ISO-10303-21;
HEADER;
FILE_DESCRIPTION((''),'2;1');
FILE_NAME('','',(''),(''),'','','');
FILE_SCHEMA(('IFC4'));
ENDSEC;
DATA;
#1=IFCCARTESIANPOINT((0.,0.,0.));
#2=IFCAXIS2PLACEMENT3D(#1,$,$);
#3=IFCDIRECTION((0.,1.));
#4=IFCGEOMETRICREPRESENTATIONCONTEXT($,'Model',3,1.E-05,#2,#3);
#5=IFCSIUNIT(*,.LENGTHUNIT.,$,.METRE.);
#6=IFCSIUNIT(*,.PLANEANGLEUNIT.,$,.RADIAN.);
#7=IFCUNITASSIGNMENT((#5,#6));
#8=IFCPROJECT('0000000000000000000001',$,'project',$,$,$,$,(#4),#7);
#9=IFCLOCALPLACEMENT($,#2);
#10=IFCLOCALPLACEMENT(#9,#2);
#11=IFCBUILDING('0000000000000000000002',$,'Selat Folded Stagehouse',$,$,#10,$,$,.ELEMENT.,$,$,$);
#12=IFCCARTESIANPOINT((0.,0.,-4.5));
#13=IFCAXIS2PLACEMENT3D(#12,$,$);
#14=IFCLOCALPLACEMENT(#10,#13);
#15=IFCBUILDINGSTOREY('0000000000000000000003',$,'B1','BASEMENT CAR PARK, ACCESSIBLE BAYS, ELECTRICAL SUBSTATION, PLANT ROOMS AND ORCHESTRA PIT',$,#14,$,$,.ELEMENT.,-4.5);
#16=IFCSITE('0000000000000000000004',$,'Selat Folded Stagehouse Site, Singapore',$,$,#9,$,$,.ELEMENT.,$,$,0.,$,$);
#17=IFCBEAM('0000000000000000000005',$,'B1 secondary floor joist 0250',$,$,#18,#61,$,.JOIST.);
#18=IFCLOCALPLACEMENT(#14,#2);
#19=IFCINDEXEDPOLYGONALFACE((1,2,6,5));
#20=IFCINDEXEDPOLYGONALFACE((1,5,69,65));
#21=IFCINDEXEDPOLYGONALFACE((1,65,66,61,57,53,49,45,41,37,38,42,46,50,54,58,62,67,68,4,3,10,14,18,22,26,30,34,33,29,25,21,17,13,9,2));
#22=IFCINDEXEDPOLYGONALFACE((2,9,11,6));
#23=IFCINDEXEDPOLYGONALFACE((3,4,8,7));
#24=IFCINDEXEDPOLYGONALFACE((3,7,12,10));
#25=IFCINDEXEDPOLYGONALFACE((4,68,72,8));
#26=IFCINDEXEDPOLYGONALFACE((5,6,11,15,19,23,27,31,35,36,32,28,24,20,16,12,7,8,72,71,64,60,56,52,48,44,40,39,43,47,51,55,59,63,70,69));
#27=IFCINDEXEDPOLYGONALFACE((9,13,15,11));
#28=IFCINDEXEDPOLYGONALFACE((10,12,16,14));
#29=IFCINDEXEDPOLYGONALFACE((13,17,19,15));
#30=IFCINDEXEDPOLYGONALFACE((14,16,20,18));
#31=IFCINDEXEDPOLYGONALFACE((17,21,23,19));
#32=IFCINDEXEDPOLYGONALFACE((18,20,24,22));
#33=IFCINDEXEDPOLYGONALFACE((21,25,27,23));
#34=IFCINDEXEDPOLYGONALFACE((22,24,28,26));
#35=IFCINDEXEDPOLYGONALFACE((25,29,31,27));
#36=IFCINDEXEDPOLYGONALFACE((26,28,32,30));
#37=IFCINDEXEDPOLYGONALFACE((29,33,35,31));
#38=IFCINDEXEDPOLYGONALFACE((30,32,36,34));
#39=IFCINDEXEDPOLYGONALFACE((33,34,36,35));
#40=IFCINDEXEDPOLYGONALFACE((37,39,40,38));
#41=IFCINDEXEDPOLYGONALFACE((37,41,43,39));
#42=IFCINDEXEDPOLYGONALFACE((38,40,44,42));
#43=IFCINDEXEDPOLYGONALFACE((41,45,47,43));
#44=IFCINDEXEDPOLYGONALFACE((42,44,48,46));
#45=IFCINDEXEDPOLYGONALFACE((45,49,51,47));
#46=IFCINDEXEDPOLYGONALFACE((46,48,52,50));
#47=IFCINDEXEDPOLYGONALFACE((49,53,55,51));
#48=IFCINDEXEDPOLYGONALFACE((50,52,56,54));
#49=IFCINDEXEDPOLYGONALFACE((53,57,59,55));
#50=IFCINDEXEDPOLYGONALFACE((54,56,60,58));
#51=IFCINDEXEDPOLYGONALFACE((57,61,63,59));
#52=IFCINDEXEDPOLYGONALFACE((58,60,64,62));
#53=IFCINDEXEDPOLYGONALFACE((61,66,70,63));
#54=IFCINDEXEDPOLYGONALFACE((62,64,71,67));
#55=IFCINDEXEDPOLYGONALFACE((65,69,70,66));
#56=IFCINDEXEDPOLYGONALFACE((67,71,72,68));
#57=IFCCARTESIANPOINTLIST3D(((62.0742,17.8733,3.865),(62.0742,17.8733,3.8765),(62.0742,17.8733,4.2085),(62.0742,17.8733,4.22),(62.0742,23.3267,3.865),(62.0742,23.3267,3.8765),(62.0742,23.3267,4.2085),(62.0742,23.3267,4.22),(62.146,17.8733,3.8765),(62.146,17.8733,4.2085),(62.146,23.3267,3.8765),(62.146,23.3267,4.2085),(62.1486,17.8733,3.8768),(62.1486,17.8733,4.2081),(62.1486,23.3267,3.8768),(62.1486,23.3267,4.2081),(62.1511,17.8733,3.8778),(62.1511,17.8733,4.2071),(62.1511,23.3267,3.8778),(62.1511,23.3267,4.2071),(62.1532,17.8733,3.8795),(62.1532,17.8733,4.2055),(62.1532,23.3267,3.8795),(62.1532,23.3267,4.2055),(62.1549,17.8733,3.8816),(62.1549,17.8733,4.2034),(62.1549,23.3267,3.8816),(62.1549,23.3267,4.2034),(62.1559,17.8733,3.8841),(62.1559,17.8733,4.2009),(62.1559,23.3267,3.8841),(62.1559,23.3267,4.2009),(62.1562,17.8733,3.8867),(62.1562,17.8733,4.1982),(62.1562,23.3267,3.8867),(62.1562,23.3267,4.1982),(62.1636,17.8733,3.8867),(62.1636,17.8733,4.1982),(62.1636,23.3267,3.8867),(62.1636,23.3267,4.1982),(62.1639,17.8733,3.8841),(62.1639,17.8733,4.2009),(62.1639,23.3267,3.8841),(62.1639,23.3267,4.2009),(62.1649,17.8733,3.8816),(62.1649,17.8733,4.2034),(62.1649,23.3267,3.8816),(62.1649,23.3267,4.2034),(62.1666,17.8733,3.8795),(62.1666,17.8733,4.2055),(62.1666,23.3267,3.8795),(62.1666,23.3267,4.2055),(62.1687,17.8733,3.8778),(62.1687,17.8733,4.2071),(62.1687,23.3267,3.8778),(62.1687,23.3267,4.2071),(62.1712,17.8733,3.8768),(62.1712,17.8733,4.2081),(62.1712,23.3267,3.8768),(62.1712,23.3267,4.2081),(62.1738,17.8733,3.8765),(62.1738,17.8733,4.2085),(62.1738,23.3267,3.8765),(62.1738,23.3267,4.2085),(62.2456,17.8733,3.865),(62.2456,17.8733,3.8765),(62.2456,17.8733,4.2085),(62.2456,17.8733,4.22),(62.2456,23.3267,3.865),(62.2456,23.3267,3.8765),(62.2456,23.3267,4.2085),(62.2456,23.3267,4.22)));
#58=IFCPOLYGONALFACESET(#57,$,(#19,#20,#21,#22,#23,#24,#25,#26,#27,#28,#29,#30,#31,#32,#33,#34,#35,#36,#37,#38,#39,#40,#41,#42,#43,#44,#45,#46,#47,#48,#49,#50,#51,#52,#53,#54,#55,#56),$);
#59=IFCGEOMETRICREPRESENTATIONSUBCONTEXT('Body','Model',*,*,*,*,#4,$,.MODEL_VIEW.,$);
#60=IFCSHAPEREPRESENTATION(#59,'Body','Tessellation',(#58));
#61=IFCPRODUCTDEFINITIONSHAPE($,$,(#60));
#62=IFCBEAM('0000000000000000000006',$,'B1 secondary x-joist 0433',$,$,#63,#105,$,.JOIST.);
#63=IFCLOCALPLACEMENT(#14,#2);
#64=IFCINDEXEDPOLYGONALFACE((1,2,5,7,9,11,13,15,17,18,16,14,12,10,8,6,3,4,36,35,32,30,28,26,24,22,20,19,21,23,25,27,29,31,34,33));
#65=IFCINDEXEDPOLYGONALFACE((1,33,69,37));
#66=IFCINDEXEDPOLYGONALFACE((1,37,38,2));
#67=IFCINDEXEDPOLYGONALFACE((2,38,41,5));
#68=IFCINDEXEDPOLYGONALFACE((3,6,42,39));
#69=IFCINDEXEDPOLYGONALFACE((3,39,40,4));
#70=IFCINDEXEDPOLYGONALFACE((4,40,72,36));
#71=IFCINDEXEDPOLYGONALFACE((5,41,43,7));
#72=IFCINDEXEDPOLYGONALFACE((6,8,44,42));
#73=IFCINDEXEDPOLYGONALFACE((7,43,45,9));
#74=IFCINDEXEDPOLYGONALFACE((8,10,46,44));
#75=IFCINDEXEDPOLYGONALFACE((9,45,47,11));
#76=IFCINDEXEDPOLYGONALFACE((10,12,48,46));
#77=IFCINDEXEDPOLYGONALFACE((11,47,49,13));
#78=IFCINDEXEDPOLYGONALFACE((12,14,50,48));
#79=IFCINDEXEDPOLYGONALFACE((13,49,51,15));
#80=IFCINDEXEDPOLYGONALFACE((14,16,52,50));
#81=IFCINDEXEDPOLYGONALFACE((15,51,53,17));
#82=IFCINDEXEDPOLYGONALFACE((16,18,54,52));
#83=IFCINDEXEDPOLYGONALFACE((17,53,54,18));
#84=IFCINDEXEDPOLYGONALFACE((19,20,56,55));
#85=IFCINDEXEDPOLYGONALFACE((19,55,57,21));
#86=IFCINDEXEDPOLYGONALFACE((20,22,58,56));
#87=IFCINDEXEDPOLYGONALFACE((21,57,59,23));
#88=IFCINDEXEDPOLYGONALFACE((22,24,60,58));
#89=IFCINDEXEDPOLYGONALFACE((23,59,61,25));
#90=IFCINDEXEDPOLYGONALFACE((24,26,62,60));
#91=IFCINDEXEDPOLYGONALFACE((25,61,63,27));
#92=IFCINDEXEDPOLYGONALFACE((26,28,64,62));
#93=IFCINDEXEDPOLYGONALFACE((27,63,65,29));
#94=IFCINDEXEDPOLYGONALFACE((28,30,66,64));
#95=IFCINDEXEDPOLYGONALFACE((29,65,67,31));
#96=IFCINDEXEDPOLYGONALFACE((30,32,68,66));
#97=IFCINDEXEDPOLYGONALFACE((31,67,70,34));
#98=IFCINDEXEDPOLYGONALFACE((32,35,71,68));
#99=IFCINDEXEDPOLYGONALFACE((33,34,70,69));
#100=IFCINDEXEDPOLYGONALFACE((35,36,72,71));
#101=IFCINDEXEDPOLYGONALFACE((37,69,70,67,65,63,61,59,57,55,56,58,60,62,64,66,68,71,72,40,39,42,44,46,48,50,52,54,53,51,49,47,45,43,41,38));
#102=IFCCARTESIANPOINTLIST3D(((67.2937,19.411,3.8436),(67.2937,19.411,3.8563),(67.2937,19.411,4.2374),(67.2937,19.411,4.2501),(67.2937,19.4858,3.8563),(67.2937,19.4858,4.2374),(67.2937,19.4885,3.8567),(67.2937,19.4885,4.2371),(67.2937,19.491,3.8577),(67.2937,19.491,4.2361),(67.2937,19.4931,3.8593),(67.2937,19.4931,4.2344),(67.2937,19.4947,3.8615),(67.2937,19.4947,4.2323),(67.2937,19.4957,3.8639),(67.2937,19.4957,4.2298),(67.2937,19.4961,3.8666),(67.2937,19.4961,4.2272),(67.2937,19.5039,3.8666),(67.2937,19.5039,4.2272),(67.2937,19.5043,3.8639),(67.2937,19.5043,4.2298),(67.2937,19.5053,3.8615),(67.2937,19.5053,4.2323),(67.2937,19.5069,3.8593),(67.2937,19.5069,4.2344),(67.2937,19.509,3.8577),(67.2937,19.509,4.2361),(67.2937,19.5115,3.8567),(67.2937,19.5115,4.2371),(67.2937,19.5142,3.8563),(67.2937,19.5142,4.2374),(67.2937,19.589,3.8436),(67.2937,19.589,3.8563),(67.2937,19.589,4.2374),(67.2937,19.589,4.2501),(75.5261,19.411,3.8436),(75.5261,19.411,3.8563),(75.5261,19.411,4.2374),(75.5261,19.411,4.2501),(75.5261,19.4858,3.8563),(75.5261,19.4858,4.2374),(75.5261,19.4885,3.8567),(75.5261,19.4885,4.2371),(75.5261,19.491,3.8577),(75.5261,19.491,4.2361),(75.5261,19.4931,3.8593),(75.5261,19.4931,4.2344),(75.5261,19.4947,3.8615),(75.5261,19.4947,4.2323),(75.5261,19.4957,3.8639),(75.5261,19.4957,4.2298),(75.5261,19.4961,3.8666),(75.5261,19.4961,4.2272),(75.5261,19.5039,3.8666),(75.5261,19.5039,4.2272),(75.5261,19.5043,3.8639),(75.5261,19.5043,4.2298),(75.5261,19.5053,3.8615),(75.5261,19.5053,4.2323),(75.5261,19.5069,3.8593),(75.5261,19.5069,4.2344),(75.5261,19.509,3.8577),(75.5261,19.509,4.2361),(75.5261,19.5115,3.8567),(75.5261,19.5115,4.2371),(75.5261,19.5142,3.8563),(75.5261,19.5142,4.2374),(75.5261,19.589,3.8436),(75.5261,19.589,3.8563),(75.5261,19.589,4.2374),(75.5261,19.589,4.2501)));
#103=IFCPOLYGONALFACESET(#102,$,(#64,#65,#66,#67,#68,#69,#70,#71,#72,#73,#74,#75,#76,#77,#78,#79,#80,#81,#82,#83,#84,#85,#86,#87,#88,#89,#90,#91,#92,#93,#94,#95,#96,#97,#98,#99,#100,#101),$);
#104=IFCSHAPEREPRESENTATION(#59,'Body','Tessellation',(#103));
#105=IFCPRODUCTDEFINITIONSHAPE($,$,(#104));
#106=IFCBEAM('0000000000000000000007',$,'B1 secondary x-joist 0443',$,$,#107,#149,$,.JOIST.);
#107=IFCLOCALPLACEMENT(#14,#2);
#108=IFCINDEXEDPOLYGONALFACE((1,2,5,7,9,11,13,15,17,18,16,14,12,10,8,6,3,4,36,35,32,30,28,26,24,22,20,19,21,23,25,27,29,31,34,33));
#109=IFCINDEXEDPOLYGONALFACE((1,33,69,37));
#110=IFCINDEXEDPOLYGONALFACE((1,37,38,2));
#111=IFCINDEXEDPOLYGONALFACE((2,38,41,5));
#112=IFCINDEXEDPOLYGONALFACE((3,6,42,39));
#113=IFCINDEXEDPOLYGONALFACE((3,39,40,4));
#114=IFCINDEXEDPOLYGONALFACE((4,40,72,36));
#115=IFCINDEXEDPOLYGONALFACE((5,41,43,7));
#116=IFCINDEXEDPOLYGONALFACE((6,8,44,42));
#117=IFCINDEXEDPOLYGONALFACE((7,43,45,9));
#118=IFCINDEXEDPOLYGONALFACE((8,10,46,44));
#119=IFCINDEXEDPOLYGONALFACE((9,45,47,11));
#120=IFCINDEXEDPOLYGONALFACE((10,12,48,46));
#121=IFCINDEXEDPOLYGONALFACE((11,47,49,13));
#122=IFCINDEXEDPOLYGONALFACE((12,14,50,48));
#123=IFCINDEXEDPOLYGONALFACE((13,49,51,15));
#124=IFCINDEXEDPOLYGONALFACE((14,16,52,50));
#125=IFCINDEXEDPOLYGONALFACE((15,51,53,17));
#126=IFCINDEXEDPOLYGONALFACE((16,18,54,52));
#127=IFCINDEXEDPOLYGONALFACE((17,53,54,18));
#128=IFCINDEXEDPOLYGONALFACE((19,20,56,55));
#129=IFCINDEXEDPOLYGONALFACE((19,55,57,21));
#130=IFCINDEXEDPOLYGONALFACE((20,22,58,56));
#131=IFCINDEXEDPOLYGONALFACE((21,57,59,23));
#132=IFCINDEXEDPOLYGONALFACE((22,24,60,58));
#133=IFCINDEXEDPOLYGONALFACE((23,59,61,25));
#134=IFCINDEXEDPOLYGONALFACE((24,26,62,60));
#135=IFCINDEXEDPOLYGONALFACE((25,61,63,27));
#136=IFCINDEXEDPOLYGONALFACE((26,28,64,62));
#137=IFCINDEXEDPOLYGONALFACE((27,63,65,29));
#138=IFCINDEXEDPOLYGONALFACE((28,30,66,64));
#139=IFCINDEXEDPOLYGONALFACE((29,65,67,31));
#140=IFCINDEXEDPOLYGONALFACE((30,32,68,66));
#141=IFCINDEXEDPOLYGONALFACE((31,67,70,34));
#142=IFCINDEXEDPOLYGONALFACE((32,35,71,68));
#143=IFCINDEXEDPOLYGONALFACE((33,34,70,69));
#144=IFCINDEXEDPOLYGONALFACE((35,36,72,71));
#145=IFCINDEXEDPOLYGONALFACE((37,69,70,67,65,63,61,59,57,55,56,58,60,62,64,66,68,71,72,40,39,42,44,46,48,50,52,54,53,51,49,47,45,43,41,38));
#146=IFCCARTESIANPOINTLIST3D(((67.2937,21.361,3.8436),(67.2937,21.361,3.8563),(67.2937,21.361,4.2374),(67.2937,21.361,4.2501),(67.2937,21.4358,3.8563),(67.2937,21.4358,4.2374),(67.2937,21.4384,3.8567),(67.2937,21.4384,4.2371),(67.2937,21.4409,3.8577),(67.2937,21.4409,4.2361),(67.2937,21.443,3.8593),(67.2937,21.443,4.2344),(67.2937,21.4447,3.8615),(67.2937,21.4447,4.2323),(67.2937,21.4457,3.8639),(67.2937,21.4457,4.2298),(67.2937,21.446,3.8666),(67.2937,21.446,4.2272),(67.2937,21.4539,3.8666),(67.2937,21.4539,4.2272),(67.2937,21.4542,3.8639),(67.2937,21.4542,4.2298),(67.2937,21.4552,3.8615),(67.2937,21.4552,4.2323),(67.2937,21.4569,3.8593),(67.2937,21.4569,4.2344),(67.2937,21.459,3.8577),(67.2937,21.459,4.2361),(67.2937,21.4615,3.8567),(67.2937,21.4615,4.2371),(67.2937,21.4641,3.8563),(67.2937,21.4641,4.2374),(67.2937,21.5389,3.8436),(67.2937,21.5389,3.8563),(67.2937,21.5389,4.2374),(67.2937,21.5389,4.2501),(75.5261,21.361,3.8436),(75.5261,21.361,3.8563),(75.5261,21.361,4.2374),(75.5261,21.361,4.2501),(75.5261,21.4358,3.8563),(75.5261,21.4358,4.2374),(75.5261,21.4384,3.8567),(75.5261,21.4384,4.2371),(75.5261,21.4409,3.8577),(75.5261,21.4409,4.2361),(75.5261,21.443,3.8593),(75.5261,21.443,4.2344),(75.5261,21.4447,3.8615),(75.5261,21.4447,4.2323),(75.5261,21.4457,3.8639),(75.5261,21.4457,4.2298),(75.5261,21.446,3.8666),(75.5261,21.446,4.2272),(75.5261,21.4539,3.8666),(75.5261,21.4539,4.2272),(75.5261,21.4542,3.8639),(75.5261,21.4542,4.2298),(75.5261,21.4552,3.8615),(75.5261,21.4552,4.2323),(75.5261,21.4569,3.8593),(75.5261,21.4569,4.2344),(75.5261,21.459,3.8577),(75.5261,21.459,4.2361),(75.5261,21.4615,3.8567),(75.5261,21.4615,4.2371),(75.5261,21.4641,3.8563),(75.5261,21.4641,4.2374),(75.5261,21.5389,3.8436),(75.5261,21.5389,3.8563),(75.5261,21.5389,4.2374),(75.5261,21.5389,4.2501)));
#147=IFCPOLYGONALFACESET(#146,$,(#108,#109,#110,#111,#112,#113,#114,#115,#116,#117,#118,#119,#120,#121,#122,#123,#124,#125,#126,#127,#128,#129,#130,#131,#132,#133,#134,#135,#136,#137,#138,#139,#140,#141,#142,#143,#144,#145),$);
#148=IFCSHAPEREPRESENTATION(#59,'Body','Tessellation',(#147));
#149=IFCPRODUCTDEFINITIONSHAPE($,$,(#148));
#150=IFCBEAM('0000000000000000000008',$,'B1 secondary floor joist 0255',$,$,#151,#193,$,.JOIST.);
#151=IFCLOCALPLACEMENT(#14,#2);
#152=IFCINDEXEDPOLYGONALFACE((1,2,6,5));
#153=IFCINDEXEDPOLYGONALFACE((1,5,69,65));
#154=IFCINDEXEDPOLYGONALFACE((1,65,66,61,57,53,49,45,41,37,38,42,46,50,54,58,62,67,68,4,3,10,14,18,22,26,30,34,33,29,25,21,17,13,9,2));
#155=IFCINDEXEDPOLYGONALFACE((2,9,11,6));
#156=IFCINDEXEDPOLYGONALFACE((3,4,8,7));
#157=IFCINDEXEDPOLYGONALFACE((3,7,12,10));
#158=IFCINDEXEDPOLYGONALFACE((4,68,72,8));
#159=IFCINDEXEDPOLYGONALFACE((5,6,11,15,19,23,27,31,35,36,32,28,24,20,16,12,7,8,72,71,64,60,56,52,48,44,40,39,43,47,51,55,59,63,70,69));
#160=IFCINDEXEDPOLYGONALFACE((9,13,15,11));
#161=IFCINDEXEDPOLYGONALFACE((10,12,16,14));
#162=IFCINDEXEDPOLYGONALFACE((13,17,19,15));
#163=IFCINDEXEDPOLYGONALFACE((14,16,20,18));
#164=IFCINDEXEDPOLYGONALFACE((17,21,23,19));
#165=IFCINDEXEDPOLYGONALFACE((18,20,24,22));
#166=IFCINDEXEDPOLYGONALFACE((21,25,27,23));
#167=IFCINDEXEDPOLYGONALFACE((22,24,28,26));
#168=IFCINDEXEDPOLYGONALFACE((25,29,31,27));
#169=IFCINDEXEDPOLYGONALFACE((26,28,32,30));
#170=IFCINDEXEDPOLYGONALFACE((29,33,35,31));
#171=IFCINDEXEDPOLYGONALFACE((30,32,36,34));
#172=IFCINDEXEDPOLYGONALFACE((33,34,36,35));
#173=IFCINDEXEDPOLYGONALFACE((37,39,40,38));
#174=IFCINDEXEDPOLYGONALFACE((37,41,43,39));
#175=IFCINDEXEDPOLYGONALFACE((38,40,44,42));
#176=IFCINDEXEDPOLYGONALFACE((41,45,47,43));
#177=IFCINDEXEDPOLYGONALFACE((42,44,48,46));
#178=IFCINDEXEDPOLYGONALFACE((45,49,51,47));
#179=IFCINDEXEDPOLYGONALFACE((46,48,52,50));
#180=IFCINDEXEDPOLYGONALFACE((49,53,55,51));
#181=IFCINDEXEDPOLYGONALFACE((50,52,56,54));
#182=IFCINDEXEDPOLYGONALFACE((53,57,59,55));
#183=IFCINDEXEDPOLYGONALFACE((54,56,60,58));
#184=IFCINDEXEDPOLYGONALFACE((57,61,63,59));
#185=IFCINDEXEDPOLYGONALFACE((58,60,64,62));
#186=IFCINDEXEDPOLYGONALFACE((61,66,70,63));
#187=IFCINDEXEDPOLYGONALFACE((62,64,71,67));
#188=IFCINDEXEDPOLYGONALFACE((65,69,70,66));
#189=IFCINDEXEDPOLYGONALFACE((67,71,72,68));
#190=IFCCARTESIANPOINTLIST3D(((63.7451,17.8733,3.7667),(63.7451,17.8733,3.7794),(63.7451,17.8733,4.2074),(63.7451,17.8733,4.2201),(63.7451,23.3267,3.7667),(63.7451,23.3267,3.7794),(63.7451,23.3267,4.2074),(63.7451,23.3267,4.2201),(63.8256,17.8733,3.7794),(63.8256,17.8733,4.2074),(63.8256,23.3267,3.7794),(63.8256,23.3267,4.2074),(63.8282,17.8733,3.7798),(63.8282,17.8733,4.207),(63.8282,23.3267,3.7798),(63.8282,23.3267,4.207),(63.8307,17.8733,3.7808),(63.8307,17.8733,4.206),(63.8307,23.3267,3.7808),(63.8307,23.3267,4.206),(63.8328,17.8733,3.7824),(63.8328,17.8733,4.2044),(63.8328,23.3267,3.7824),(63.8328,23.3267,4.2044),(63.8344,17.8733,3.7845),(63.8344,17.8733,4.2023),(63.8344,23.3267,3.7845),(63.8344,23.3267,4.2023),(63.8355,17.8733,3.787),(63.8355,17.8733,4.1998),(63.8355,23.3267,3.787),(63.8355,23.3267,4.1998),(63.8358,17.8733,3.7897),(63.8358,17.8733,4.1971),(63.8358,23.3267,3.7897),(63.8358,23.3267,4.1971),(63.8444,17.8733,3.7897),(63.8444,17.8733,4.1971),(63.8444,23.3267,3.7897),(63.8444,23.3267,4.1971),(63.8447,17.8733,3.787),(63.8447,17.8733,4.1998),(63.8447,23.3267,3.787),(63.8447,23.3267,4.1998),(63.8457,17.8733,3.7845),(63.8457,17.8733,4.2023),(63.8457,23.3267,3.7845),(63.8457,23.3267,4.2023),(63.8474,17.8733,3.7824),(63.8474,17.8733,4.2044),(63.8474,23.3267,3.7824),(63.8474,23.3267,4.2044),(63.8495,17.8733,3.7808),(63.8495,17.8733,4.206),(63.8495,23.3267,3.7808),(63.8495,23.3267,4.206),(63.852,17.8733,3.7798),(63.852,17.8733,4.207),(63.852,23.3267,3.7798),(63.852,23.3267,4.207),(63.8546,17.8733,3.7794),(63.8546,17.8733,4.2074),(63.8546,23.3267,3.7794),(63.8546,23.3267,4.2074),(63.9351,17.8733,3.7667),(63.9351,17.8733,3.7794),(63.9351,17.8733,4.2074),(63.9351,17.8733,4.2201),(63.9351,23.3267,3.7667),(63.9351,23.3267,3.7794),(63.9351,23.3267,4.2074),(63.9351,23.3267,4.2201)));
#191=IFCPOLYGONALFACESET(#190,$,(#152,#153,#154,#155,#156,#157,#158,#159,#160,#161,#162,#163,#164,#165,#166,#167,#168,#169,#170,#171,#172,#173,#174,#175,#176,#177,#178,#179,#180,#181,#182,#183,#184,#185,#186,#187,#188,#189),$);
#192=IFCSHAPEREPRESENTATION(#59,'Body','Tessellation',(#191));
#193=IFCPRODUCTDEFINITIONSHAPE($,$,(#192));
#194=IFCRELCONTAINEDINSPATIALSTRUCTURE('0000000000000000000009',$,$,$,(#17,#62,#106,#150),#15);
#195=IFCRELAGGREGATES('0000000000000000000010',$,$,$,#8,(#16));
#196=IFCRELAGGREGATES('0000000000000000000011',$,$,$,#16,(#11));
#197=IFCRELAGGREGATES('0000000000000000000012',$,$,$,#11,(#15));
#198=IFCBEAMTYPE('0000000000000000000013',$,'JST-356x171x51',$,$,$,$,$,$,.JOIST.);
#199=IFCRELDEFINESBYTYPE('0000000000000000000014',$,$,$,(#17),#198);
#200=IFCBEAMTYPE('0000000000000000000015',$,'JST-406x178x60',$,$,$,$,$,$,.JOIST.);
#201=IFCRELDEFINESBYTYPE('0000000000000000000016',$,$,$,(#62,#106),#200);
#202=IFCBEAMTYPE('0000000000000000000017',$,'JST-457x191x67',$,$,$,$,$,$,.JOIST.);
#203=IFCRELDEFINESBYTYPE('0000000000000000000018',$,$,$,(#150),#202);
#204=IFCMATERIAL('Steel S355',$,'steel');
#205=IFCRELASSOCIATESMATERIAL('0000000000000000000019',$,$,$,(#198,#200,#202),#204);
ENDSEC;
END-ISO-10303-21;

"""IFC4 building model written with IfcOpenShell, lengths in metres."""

from ifc_helpers import new_model, si_unit, direction, frame, origin, origin_2d, place, context, subcontext, project, spatial, i_section, extrude, material, material_profile, profile_set, type_object, element, save


model = new_model("IFC4")

# Units and contexts
model_context = context("Model", 3, precision=1e-05, world=origin(), true_north=direction((0.0, 1.0)))
body_context = subcontext(model_context, "Body", "Model", "MODEL_VIEW")
ifc_project = project(units=[si_unit("LENGTHUNIT", "METRE"), si_unit("PLANEANGLEUNIT", "RADIAN")], contexts=[model_context])

# Site, building, storey
site_placement = place(None, origin())
site = spatial("IfcSite", under=ifc_project, at=site_placement, Name="Selat Folded Stagehouse Site, Singapore", CompositionType="ELEMENT", RefElevation=0.0)
building_placement = place(site_placement, origin())
building = spatial("IfcBuilding", under=site, at=building_placement, Name="Selat Folded Stagehouse", CompositionType="ELEMENT")
storey_placement = place(building_placement, frame((0.0, 0.0, -4.5)))
storey = spatial("IfcBuildingStorey", under=building, at=storey_placement, Name="B1", Description="BASEMENT CAR PARK, ACCESSIBLE BAYS, ELECTRICAL SUBSTATION, PLANT ROOMS AND ORCHESTRA PIT", CompositionType="ELEMENT", Elevation=-4.5)

# Shared definitions
ifc_material_1 = material(Name="Steel S355", Category="steel")

# Beams
ifc_material_profile_1 = material_profile(ifc_material_1, i_section(OverallWidth=0.1714, OverallDepth=0.355, WebThickness=0.0073, FlangeThickness=0.0115, FilletRadius=0.0103, at=origin_2d()), Name="UKB 356x171x51")
ifc_profile_set_1 = profile_set([ifc_material_profile_1], Name="Steel S355")
beam_type_1 = type_object("IfcBeamType", Name="JST-356x171x51", PredefinedType="JOIST", material=ifc_profile_set_1)
beam_1_placement = place(storey_placement, frame((62.1599, 17.8733, 4.0425), z_axis=(0.0, 1.0, 0.0), x_axis=(-1.0, 0.0, 0.0)))
element("IfcBeam", 1, at=beam_1_placement, inside=storey, type_object=beam_type_1, Name="B1 secondary floor joist 0250", PredefinedType="JOIST", context=body_context, shape_type="SweptSolid", body=[
    extrude(i_section(OverallWidth=0.1714, OverallDepth=0.355, WebThickness=0.0073, FlangeThickness=0.0115, FilletRadius=0.0103, at=origin_2d()), origin(), (0.0, 0.0, 1.0), 5.4534),
])
ifc_material_profile_2 = material_profile(ifc_material_1, i_section(OverallWidth=0.178, OverallDepth=0.4065, WebThickness=0.0078, FlangeThickness=0.0127, FilletRadius=0.0103, at=origin_2d()), Name="UKB 406x178x60")
ifc_profile_set_2 = profile_set([ifc_material_profile_2], Name="Steel S355")
beam_type_2 = type_object("IfcBeamType", Name="JST-406x178x60", PredefinedType="JOIST", material=ifc_profile_set_2)
for number, where, z_axis, x_axis, name in (
    (2, (67.2937, 19.5, 4.0469), (1.0, 0.0, 0.0), (0.0, 1.0, 0.0), "B1 secondary x-joist 0433"),
    (3, (67.2937, 21.45, 4.0469), (1.0, 0.0, 0.0), (0.0, 1.0, 0.0), "B1 secondary x-joist 0443"),
):
    element("IfcBeam", number, at=place(storey_placement, frame(where, z_axis=z_axis, x_axis=x_axis)), inside=storey, type_object=beam_type_2, Name=name, PredefinedType="JOIST", context=body_context, shape_type="SweptSolid", body=[
        extrude(i_section(OverallWidth=0.178, OverallDepth=0.4065, WebThickness=0.0078, FlangeThickness=0.0127, FilletRadius=0.0103, at=origin_2d()), origin(), (0.0, 0.0, 1.0), 8.2324),
    ])
ifc_material_profile_3 = material_profile(ifc_material_1, i_section(OverallWidth=0.1899, OverallDepth=0.4534, WebThickness=0.0085, FlangeThickness=0.0127, FilletRadius=0.0103, at=origin_2d()), Name="UKB 457x191x67")
ifc_profile_set_3 = profile_set([ifc_material_profile_3], Name="Steel S355")
beam_type_3 = type_object("IfcBeamType", Name="JST-457x191x67", PredefinedType="JOIST", material=ifc_profile_set_3)
for number, where, z_axis, x_axis, name in (
    (4, (63.8401, 17.8733, 3.9934), (0.0, 1.0, 0.0), (-1.0, 0.0, 0.0), "B1 secondary floor joist 0255"),
):
    element("IfcBeam", number, at=place(storey_placement, frame(where, z_axis=z_axis, x_axis=x_axis)), inside=storey, type_object=beam_type_3, Name=name, PredefinedType="JOIST", context=body_context, shape_type="SweptSolid", body=[
        extrude(i_section(OverallWidth=0.1899, OverallDepth=0.4534, WebThickness=0.0085, FlangeThickness=0.0127, FilletRadius=0.0103, at=origin_2d()), origin(), (0.0, 0.0, 1.0), 5.4534),
    ])

save(model, "model.ifc")
